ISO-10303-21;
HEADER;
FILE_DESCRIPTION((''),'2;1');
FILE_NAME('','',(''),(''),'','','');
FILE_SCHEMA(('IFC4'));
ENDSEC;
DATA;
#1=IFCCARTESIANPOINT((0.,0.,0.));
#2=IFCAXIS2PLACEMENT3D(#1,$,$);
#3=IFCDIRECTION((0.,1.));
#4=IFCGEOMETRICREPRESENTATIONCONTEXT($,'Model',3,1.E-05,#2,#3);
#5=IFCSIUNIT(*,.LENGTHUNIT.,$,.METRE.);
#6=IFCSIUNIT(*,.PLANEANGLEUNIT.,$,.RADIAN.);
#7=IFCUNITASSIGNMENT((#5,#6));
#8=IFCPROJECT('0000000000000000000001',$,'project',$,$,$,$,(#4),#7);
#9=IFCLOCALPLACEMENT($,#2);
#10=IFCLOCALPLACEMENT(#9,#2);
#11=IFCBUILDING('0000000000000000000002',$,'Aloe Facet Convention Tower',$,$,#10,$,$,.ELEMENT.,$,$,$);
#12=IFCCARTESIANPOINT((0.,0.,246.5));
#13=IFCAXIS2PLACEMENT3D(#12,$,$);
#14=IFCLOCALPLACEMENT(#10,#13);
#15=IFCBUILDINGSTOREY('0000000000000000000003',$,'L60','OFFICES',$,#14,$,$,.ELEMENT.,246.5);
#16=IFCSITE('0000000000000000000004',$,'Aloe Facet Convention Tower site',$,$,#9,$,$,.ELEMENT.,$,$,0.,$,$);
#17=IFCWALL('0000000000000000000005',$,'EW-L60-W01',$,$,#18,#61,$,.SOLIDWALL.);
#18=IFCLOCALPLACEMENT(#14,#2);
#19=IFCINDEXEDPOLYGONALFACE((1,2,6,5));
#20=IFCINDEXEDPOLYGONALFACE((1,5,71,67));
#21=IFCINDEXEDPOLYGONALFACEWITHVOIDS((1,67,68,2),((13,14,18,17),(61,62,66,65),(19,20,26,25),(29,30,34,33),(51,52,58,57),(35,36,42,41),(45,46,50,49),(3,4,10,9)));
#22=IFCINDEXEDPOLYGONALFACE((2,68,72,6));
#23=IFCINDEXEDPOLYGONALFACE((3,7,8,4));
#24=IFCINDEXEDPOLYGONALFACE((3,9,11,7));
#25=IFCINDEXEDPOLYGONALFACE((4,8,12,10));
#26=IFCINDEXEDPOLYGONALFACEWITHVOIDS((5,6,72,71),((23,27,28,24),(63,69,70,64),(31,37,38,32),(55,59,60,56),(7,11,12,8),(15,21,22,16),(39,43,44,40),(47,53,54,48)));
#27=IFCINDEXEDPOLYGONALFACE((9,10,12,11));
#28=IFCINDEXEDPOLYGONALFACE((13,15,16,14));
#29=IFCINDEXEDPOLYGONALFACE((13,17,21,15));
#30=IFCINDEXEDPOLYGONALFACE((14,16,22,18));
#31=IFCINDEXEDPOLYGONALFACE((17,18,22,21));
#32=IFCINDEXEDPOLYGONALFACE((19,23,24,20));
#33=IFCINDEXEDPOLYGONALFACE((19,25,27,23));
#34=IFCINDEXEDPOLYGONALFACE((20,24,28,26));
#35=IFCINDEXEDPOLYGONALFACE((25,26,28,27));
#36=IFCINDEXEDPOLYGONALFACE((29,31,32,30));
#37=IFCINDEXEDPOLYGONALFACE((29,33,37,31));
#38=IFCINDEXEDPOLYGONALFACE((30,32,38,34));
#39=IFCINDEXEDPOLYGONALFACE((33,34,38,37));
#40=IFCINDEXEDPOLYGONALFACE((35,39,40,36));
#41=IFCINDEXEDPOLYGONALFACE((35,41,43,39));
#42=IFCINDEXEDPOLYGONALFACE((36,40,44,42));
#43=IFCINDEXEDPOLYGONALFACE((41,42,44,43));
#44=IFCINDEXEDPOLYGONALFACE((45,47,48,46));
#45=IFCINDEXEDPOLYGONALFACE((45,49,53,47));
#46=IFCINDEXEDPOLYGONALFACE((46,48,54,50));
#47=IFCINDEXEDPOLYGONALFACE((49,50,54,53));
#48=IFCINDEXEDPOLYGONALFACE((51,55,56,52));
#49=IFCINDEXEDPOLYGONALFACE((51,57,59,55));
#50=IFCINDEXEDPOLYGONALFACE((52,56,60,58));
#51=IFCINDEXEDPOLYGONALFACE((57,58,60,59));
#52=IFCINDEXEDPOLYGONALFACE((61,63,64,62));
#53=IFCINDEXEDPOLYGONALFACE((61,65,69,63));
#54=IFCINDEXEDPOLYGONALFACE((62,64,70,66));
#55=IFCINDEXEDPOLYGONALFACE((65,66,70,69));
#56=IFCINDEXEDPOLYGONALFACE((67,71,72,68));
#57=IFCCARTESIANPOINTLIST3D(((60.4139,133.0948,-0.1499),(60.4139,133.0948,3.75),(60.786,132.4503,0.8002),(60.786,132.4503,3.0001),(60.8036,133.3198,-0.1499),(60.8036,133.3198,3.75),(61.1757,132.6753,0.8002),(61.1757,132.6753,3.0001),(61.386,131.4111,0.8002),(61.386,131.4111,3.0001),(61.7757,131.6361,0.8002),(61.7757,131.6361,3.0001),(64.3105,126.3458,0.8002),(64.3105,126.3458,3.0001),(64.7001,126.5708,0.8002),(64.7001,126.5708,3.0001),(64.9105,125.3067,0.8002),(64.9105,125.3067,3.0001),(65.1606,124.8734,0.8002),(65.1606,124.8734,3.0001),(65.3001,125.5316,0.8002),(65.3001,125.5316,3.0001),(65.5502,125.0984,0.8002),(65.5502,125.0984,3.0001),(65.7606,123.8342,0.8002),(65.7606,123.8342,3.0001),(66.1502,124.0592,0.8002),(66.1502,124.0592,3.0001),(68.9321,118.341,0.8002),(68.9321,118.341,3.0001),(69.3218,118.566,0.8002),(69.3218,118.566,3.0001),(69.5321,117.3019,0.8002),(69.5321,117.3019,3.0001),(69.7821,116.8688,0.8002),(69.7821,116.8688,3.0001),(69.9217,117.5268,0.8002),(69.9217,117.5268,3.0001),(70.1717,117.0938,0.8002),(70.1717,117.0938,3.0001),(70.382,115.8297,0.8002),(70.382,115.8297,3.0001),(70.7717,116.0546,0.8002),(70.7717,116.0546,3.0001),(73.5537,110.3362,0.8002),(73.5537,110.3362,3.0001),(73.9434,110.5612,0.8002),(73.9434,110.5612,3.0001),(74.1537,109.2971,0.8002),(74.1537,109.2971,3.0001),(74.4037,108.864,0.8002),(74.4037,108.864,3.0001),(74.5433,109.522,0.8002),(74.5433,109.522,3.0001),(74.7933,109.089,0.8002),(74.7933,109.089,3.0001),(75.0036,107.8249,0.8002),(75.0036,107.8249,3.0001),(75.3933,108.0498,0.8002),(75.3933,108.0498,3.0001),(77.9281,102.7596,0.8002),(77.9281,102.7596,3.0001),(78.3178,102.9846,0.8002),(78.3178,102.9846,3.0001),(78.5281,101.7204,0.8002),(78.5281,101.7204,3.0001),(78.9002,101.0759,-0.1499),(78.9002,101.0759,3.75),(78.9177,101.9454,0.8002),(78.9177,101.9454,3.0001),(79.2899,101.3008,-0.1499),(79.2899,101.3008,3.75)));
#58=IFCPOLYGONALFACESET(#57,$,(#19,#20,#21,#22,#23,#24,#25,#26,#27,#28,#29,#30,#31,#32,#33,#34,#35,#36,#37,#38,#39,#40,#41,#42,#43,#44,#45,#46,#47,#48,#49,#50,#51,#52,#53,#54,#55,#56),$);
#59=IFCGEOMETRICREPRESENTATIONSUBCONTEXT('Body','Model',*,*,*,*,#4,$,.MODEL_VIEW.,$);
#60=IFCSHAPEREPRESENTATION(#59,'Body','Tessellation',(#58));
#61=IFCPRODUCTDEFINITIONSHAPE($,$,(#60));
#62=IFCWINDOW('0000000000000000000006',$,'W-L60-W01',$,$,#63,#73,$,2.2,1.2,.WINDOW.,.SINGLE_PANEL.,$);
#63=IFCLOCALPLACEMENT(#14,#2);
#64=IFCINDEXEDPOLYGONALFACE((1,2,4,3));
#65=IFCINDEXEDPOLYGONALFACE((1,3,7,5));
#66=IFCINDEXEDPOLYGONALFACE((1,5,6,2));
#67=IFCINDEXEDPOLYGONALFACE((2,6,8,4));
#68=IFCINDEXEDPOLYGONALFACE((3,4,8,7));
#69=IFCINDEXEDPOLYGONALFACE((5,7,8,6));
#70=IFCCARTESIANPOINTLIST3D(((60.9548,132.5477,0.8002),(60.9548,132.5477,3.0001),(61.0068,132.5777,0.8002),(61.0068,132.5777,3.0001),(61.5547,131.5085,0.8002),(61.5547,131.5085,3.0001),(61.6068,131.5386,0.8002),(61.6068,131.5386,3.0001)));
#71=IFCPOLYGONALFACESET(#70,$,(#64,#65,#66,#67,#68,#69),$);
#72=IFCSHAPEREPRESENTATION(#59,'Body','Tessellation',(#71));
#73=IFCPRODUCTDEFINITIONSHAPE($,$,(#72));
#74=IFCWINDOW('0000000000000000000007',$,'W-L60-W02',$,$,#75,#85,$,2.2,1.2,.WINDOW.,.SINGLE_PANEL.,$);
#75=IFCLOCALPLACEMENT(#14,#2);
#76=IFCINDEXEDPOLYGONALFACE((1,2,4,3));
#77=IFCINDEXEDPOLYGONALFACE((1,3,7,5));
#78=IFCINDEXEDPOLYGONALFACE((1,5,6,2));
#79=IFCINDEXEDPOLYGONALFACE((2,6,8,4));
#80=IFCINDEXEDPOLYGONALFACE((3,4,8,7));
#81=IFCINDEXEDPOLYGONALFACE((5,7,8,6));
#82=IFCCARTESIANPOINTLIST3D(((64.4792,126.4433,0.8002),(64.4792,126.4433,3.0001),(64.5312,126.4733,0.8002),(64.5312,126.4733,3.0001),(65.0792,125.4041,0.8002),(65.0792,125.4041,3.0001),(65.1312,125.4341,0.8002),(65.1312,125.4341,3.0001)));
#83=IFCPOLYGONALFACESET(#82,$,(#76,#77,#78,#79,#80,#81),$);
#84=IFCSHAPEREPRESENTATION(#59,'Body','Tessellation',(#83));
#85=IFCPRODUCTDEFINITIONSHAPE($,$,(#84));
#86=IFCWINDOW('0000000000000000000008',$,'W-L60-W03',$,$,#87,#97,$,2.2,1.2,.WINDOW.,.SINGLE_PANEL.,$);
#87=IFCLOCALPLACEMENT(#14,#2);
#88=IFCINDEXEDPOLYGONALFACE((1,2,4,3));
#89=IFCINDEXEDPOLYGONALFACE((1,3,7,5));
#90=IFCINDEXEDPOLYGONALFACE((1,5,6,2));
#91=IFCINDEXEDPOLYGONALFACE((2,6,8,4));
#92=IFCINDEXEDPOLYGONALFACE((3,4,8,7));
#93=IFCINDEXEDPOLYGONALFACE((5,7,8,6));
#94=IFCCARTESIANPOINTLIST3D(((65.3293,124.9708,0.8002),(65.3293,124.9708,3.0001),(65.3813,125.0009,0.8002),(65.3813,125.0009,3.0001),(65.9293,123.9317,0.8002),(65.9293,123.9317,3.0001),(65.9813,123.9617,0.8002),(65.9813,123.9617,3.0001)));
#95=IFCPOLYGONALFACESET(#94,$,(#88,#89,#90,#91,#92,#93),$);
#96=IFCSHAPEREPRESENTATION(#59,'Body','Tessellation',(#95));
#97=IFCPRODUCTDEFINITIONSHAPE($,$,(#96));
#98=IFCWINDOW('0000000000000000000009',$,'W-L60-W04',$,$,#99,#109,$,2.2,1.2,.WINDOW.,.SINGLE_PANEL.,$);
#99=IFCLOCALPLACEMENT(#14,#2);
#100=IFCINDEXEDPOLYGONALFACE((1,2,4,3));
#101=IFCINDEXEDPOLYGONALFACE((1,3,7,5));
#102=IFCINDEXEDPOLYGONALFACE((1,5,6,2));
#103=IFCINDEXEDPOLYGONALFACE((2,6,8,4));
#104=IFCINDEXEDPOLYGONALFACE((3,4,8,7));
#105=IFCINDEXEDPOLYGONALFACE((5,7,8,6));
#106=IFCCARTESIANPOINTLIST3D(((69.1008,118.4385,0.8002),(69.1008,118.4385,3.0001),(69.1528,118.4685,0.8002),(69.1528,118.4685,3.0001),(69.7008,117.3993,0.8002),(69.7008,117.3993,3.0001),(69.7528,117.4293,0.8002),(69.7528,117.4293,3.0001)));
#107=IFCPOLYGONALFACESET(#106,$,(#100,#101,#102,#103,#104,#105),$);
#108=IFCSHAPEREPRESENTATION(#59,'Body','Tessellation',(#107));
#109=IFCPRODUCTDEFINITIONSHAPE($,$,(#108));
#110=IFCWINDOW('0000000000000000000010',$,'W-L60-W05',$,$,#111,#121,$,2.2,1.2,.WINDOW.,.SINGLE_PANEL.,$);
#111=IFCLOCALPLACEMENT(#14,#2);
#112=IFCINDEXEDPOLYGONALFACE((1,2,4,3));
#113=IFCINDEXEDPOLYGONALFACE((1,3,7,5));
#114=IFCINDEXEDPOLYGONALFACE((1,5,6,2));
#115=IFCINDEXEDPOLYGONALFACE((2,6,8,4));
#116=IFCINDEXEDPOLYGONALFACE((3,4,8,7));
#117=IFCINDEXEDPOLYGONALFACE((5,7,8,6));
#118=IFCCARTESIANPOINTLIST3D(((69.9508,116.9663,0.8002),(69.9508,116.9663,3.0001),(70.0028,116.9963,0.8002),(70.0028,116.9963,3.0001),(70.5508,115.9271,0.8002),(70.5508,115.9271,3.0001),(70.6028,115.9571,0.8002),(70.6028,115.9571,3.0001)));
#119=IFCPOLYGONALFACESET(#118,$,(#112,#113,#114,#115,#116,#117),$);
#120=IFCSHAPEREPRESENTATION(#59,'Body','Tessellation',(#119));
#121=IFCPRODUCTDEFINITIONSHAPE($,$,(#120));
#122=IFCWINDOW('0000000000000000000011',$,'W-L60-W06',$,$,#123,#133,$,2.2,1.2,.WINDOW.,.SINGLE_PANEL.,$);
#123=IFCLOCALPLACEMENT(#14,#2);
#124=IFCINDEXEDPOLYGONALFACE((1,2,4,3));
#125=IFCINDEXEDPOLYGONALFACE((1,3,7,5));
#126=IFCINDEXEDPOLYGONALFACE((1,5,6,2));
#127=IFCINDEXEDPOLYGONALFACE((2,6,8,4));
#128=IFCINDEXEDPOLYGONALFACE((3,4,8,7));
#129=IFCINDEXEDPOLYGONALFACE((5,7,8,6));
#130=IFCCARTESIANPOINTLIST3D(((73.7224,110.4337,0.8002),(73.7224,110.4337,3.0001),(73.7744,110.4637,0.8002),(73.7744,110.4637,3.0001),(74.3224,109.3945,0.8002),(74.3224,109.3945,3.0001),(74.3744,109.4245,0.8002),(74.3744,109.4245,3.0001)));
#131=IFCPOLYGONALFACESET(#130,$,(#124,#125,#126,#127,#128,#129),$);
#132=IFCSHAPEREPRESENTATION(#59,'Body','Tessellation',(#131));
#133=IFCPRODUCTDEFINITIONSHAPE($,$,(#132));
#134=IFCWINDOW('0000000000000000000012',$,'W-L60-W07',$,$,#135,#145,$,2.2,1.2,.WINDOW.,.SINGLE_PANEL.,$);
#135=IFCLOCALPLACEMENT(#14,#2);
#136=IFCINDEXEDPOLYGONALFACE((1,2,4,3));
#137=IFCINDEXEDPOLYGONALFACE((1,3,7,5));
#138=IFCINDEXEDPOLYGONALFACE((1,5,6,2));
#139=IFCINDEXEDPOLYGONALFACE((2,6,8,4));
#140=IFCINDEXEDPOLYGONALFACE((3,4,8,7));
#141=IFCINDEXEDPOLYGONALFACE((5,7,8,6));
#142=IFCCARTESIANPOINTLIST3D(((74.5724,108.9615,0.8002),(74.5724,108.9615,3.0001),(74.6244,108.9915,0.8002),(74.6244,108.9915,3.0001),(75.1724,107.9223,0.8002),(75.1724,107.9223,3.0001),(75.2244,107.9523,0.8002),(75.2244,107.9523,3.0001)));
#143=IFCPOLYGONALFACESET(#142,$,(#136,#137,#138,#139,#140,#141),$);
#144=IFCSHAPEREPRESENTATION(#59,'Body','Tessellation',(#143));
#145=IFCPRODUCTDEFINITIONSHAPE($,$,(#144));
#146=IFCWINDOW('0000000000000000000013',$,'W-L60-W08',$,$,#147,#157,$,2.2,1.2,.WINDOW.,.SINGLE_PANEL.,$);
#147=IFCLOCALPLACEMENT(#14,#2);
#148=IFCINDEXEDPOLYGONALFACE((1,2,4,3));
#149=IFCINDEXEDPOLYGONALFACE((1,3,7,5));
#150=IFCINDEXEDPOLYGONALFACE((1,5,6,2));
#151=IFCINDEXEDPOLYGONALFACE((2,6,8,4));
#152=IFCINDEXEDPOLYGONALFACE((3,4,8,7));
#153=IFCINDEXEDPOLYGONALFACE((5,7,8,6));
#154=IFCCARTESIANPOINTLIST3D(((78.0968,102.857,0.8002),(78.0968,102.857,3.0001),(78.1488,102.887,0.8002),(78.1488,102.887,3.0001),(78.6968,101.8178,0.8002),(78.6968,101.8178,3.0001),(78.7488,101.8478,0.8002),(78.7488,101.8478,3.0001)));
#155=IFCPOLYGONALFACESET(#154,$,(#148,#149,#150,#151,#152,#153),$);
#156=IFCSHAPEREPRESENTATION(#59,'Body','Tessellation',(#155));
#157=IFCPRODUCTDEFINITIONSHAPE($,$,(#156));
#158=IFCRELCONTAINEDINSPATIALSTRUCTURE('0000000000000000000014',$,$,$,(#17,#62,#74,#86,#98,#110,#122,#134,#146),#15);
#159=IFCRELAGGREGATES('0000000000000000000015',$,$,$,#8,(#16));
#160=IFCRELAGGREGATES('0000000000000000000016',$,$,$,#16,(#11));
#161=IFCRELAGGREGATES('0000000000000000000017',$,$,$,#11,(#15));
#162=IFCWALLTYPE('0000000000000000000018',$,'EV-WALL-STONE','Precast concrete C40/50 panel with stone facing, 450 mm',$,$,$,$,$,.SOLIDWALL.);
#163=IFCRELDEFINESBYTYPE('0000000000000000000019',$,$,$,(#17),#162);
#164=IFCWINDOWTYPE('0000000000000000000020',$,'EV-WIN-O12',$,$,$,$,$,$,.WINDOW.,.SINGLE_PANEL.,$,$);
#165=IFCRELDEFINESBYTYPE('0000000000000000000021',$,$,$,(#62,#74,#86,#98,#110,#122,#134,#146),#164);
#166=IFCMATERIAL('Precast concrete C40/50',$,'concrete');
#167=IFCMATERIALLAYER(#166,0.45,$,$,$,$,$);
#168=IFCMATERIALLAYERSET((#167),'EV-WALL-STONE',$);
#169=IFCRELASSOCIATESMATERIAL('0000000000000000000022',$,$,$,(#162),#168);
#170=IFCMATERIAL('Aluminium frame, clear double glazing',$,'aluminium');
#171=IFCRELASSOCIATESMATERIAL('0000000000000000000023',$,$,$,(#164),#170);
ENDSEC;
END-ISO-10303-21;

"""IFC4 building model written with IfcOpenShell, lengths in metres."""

from ifc_helpers import new_model, si_unit, direction, frame, frame_2d, origin, place, context, subcontext, project, spatial, polyline, rectangle, outline, extrude, material, layer, layer_set, type_object, element, fill, save


model = new_model("IFC4")

# Units and contexts
model_context = context("Model", 3, precision=1e-05, world=origin(), true_north=direction((0.0, 1.0)))
body_context = subcontext(model_context, "Body", "Model", "MODEL_VIEW")
ifc_project = project(units=[si_unit("LENGTHUNIT", "METRE"), si_unit("PLANEANGLEUNIT", "RADIAN")], contexts=[model_context])

# Site, building, storey
site_placement = place(None, origin())
site = spatial("IfcSite", under=ifc_project, at=site_placement, Name="Aloe Facet Convention Tower site", CompositionType="ELEMENT", RefElevation=0.0)
building_placement = place(site_placement, origin())
building = spatial("IfcBuilding", under=site, at=building_placement, Name="Aloe Facet Convention Tower", CompositionType="ELEMENT")
storey_placement = place(building_placement, frame((0.0, 0.0, 246.5)))
storey = spatial("IfcBuildingStorey", under=building, at=storey_placement, Name="L60", Description="OFFICES", CompositionType="ELEMENT", Elevation=246.5)

# Wall, openings, windows
ifc_material_1 = material(Name="Precast concrete C40/50", Category="concrete")
ifc_layer_1 = layer(ifc_material_1, 0.45)
ifc_layer_set_1 = layer_set([ifc_layer_1], Name="EV-WALL-STONE")
wall_type_1 = type_object("IfcWallType", Name="EV-WALL-STONE", Description="Precast concrete C40/50 panel with stone facing, 450 mm", PredefinedType="SOLIDWALL", material=ifc_layer_set_1)
wall_1_placement = place(storey_placement, frame((60.6086, 133.2073, -0.1499), z_axis=(0.0, 0.0, 1.0), x_axis=(0.500003, -0.866024, 0.0)))
wall_1 = element("IfcWall", 1, at=wall_1_placement, inside=storey, type_object=wall_type_1, Name="EW-L60-W01", PredefinedType="SOLIDWALL", context=body_context, shape_type="SweptSolid", body=[
    extrude(outline(polyline([(36.9724, 0.0), (36.9724, 3.8999), (0.0, 3.8999), (0.0, 0.0), (36.9724, 0.0)])), frame((0.0, 0.2251, 0.0), z_axis=(0.0, -1.0, 0.0), x_axis=(1.0, 0.0, 0.0)), (0.0, 0.0, 1.0), 0.45),
])
opening_1_placement = place(wall_1_placement, frame((0.7441, 0.0, 0.95)))
opening_1 = element("IfcOpeningElement", 2, at=opening_1_placement, cuts=wall_1, PredefinedType="OPENING", context=body_context, shape_type="SweptSolid", body=[
    extrude(rectangle(XDim=1.2, YDim=2.2, at=frame_2d((0.6001, 1.1001))), frame((0.0, 0.2349, 0.0), z_axis=(0.0, -1.0, 0.0), x_axis=(1.0, 0.0, 0.0)), (0.0, 0.0, 1.0), 0.47),
])
opening_2_placement = place(wall_1_placement, frame((7.793, 0.0, 0.95)))
opening_2 = element("IfcOpeningElement", 3, at=opening_2_placement, cuts=wall_1, PredefinedType="OPENING", context=body_context, shape_type="SweptSolid", body=[
    extrude(rectangle(XDim=1.2, YDim=2.2, at=frame_2d((0.6001, 1.1001))), frame((0.0, 0.2349, 0.0), z_axis=(0.0, -1.0, 0.0), x_axis=(1.0, 0.0, 0.0)), (0.0, 0.0, 1.0), 0.47),
])
opening_3_placement = place(wall_1_placement, frame((9.4932, 0.0, 0.95)))
opening_3 = element("IfcOpeningElement", 4, at=opening_3_placement, cuts=wall_1, PredefinedType="OPENING", context=body_context, shape_type="SweptSolid", body=[
    extrude(rectangle(XDim=1.2, YDim=2.2, at=frame_2d((0.6001, 1.1001))), frame((0.0, 0.2349, 0.0), z_axis=(0.0, -1.0, 0.0), x_axis=(1.0, 0.0, 0.0)), (0.0, 0.0, 1.0), 0.47),
])
opening_4_placement = place(wall_1_placement, frame((17.0361, 0.0, 0.95)))
opening_4 = element("IfcOpeningElement", 5, at=opening_4_placement, cuts=wall_1, PredefinedType="OPENING", context=body_context, shape_type="SweptSolid", body=[
    extrude(rectangle(XDim=1.2, YDim=2.2, at=frame_2d((0.6001, 1.1001))), frame((0.0, 0.2349, 0.0), z_axis=(0.0, -1.0, 0.0), x_axis=(1.0, 0.0, 0.0)), (0.0, 0.0, 1.0), 0.47),
])
opening_5_placement = place(wall_1_placement, frame((18.7361, 0.0, 0.95)))
opening_5 = element("IfcOpeningElement", 6, at=opening_5_placement, cuts=wall_1, PredefinedType="OPENING", context=body_context, shape_type="SweptSolid", body=[
    extrude(rectangle(XDim=1.2, YDim=2.2, at=frame_2d((0.6001, 1.1001))), frame((0.0, 0.2349, 0.0), z_axis=(0.0, -1.0, 0.0), x_axis=(1.0, 0.0, 0.0)), (0.0, 0.0, 1.0), 0.47),
])
opening_6_placement = place(wall_1_placement, frame((26.2793, 0.0, 0.95)))
opening_6 = element("IfcOpeningElement", 7, at=opening_6_placement, cuts=wall_1, PredefinedType="OPENING", context=body_context, shape_type="SweptSolid", body=[
    extrude(rectangle(XDim=1.2, YDim=2.2, at=frame_2d((0.6001, 1.1001))), frame((0.0, 0.2349, 0.0), z_axis=(0.0, -1.0, 0.0), x_axis=(1.0, 0.0, 0.0)), (0.0, 0.0, 1.0), 0.47),
])
opening_7_placement = place(wall_1_placement, frame((27.9792, 0.0, 0.95)))
opening_7 = element("IfcOpeningElement", 8, at=opening_7_placement, cuts=wall_1, PredefinedType="OPENING", context=body_context, shape_type="SweptSolid", body=[
    extrude(rectangle(XDim=1.2, YDim=2.2, at=frame_2d((0.6001, 1.1001))), frame((0.0, 0.2349, 0.0), z_axis=(0.0, -1.0, 0.0), x_axis=(1.0, 0.0, 0.0)), (0.0, 0.0, 1.0), 0.47),
])
opening_8_placement = place(wall_1_placement, frame((35.0281, 0.0, 0.95)))
opening_8 = element("IfcOpeningElement", 9, at=opening_8_placement, cuts=wall_1, PredefinedType="OPENING", context=body_context, shape_type="SweptSolid", body=[
    extrude(rectangle(XDim=1.2, YDim=2.2, at=frame_2d((0.6001, 1.1001))), frame((0.0, 0.2349, 0.0), z_axis=(0.0, -1.0, 0.0), x_axis=(1.0, 0.0, 0.0)), (0.0, 0.0, 1.0), 0.47),
])
ifc_material_2 = material(Name="Aluminium frame, clear double glazing", Category="aluminium")
window_type = type_object("IfcWindowType", Name="EV-WIN-O12", PartitioningType="SINGLE_PANEL", PredefinedType="WINDOW", material=ifc_material_2)
window_1_placement = place(opening_1_placement, origin())
window_1 = element("IfcWindow", 10, at=window_1_placement, inside=storey, type_object=window_type, Name="W-L60-W01", OverallHeight=2.2, OverallWidth=1.2, PartitioningType="SINGLE_PANEL", PredefinedType="WINDOW", context=body_context, shape_type="SweptSolid", body=[
    extrude(rectangle(XDim=1.2, YDim=2.2, at=frame_2d((0.6001, 1.1001))), frame((0.0, 0.03, 0.0), z_axis=(0.0, -1.0, 0.0), x_axis=(1.0, 0.0, 0.0)), (0.0, 0.0, 1.0), 0.0601),
])
fill(opening_1, window_1)
window_2_placement = place(opening_2_placement, origin())
window_2 = element("IfcWindow", 11, at=window_2_placement, inside=storey, type_object=window_type, Name="W-L60-W02", OverallHeight=2.2, OverallWidth=1.2, PartitioningType="SINGLE_PANEL", PredefinedType="WINDOW", context=body_context, shape_type="SweptSolid", body=[
    extrude(rectangle(XDim=1.2, YDim=2.2, at=frame_2d((0.6001, 1.1001))), frame((0.0, 0.03, 0.0), z_axis=(0.0, -1.0, 0.0), x_axis=(1.0, 0.0, 0.0)), (0.0, 0.0, 1.0), 0.0601),
])
fill(opening_2, window_2)
window_3_placement = place(opening_3_placement, origin())
window_3 = element("IfcWindow", 12, at=window_3_placement, inside=storey, type_object=window_type, Name="W-L60-W03", OverallHeight=2.2, OverallWidth=1.2, PartitioningType="SINGLE_PANEL", PredefinedType="WINDOW", context=body_context, shape_type="SweptSolid", body=[
    extrude(rectangle(XDim=1.2, YDim=2.2, at=frame_2d((0.6001, 1.1001))), frame((0.0, 0.03, 0.0), z_axis=(0.0, -1.0, 0.0), x_axis=(1.0, 0.0, 0.0)), (0.0, 0.0, 1.0), 0.0601),
])
fill(opening_3, window_3)
window_4_placement = place(opening_4_placement, origin())
window_4 = element("IfcWindow", 13, at=window_4_placement, inside=storey, type_object=window_type, Name="W-L60-W04", OverallHeight=2.2, OverallWidth=1.2, PartitioningType="SINGLE_PANEL", PredefinedType="WINDOW", context=body_context, shape_type="SweptSolid", body=[
    extrude(rectangle(XDim=1.2, YDim=2.2, at=frame_2d((0.6001, 1.1001))), frame((0.0, 0.03, 0.0), z_axis=(0.0, -1.0, 0.0), x_axis=(1.0, 0.0, 0.0)), (0.0, 0.0, 1.0), 0.0601),
])
fill(opening_4, window_4)
window_5_placement = place(opening_5_placement, origin())
window_5 = element("IfcWindow", 14, at=window_5_placement, inside=storey, type_object=window_type, Name="W-L60-W05", OverallHeight=2.2, OverallWidth=1.2, PartitioningType="SINGLE_PANEL", PredefinedType="WINDOW", context=body_context, shape_type="SweptSolid", body=[
    extrude(rectangle(XDim=1.2, YDim=2.2, at=frame_2d((0.6001, 1.1001))), frame((0.0, 0.03, 0.0), z_axis=(0.0, -1.0, 0.0), x_axis=(1.0, 0.0, 0.0)), (0.0, 0.0, 1.0), 0.0601),
])
fill(opening_5, window_5)
window_6_placement = place(opening_6_placement, origin())
window_6 = element("IfcWindow", 15, at=window_6_placement, inside=storey, type_object=window_type, Name="W-L60-W06", OverallHeight=2.2, OverallWidth=1.2, PartitioningType="SINGLE_PANEL", PredefinedType="WINDOW", context=body_context, shape_type="SweptSolid", body=[
    extrude(rectangle(XDim=1.2, YDim=2.2, at=frame_2d((0.6001, 1.1001))), frame((0.0, 0.03, 0.0), z_axis=(0.0, -1.0, 0.0), x_axis=(1.0, 0.0, 0.0)), (0.0, 0.0, 1.0), 0.0601),
])
fill(opening_6, window_6)
window_7_placement = place(opening_7_placement, origin())
window_7 = element("IfcWindow", 16, at=window_7_placement, inside=storey, type_object=window_type, Name="W-L60-W07", OverallHeight=2.2, OverallWidth=1.2, PartitioningType="SINGLE_PANEL", PredefinedType="WINDOW", context=body_context, shape_type="SweptSolid", body=[
    extrude(rectangle(XDim=1.2, YDim=2.2, at=frame_2d((0.6001, 1.1001))), frame((0.0, 0.03, 0.0), z_axis=(0.0, -1.0, 0.0), x_axis=(1.0, 0.0, 0.0)), (0.0, 0.0, 1.0), 0.0601),
])
fill(opening_7, window_7)
window_8_placement = place(opening_8_placement, origin())
window_8 = element("IfcWindow", 17, at=window_8_placement, inside=storey, type_object=window_type, Name="W-L60-W08", OverallHeight=2.2, OverallWidth=1.2, PartitioningType="SINGLE_PANEL", PredefinedType="WINDOW", context=body_context, shape_type="SweptSolid", body=[
    extrude(rectangle(XDim=1.2, YDim=2.2, at=frame_2d((0.6001, 1.1001))), frame((0.0, 0.03, 0.0), z_axis=(0.0, -1.0, 0.0), x_axis=(1.0, 0.0, 0.0)), (0.0, 0.0, 1.0), 0.0601),
])
fill(opening_8, window_8)

save(model, "model.ifc")
